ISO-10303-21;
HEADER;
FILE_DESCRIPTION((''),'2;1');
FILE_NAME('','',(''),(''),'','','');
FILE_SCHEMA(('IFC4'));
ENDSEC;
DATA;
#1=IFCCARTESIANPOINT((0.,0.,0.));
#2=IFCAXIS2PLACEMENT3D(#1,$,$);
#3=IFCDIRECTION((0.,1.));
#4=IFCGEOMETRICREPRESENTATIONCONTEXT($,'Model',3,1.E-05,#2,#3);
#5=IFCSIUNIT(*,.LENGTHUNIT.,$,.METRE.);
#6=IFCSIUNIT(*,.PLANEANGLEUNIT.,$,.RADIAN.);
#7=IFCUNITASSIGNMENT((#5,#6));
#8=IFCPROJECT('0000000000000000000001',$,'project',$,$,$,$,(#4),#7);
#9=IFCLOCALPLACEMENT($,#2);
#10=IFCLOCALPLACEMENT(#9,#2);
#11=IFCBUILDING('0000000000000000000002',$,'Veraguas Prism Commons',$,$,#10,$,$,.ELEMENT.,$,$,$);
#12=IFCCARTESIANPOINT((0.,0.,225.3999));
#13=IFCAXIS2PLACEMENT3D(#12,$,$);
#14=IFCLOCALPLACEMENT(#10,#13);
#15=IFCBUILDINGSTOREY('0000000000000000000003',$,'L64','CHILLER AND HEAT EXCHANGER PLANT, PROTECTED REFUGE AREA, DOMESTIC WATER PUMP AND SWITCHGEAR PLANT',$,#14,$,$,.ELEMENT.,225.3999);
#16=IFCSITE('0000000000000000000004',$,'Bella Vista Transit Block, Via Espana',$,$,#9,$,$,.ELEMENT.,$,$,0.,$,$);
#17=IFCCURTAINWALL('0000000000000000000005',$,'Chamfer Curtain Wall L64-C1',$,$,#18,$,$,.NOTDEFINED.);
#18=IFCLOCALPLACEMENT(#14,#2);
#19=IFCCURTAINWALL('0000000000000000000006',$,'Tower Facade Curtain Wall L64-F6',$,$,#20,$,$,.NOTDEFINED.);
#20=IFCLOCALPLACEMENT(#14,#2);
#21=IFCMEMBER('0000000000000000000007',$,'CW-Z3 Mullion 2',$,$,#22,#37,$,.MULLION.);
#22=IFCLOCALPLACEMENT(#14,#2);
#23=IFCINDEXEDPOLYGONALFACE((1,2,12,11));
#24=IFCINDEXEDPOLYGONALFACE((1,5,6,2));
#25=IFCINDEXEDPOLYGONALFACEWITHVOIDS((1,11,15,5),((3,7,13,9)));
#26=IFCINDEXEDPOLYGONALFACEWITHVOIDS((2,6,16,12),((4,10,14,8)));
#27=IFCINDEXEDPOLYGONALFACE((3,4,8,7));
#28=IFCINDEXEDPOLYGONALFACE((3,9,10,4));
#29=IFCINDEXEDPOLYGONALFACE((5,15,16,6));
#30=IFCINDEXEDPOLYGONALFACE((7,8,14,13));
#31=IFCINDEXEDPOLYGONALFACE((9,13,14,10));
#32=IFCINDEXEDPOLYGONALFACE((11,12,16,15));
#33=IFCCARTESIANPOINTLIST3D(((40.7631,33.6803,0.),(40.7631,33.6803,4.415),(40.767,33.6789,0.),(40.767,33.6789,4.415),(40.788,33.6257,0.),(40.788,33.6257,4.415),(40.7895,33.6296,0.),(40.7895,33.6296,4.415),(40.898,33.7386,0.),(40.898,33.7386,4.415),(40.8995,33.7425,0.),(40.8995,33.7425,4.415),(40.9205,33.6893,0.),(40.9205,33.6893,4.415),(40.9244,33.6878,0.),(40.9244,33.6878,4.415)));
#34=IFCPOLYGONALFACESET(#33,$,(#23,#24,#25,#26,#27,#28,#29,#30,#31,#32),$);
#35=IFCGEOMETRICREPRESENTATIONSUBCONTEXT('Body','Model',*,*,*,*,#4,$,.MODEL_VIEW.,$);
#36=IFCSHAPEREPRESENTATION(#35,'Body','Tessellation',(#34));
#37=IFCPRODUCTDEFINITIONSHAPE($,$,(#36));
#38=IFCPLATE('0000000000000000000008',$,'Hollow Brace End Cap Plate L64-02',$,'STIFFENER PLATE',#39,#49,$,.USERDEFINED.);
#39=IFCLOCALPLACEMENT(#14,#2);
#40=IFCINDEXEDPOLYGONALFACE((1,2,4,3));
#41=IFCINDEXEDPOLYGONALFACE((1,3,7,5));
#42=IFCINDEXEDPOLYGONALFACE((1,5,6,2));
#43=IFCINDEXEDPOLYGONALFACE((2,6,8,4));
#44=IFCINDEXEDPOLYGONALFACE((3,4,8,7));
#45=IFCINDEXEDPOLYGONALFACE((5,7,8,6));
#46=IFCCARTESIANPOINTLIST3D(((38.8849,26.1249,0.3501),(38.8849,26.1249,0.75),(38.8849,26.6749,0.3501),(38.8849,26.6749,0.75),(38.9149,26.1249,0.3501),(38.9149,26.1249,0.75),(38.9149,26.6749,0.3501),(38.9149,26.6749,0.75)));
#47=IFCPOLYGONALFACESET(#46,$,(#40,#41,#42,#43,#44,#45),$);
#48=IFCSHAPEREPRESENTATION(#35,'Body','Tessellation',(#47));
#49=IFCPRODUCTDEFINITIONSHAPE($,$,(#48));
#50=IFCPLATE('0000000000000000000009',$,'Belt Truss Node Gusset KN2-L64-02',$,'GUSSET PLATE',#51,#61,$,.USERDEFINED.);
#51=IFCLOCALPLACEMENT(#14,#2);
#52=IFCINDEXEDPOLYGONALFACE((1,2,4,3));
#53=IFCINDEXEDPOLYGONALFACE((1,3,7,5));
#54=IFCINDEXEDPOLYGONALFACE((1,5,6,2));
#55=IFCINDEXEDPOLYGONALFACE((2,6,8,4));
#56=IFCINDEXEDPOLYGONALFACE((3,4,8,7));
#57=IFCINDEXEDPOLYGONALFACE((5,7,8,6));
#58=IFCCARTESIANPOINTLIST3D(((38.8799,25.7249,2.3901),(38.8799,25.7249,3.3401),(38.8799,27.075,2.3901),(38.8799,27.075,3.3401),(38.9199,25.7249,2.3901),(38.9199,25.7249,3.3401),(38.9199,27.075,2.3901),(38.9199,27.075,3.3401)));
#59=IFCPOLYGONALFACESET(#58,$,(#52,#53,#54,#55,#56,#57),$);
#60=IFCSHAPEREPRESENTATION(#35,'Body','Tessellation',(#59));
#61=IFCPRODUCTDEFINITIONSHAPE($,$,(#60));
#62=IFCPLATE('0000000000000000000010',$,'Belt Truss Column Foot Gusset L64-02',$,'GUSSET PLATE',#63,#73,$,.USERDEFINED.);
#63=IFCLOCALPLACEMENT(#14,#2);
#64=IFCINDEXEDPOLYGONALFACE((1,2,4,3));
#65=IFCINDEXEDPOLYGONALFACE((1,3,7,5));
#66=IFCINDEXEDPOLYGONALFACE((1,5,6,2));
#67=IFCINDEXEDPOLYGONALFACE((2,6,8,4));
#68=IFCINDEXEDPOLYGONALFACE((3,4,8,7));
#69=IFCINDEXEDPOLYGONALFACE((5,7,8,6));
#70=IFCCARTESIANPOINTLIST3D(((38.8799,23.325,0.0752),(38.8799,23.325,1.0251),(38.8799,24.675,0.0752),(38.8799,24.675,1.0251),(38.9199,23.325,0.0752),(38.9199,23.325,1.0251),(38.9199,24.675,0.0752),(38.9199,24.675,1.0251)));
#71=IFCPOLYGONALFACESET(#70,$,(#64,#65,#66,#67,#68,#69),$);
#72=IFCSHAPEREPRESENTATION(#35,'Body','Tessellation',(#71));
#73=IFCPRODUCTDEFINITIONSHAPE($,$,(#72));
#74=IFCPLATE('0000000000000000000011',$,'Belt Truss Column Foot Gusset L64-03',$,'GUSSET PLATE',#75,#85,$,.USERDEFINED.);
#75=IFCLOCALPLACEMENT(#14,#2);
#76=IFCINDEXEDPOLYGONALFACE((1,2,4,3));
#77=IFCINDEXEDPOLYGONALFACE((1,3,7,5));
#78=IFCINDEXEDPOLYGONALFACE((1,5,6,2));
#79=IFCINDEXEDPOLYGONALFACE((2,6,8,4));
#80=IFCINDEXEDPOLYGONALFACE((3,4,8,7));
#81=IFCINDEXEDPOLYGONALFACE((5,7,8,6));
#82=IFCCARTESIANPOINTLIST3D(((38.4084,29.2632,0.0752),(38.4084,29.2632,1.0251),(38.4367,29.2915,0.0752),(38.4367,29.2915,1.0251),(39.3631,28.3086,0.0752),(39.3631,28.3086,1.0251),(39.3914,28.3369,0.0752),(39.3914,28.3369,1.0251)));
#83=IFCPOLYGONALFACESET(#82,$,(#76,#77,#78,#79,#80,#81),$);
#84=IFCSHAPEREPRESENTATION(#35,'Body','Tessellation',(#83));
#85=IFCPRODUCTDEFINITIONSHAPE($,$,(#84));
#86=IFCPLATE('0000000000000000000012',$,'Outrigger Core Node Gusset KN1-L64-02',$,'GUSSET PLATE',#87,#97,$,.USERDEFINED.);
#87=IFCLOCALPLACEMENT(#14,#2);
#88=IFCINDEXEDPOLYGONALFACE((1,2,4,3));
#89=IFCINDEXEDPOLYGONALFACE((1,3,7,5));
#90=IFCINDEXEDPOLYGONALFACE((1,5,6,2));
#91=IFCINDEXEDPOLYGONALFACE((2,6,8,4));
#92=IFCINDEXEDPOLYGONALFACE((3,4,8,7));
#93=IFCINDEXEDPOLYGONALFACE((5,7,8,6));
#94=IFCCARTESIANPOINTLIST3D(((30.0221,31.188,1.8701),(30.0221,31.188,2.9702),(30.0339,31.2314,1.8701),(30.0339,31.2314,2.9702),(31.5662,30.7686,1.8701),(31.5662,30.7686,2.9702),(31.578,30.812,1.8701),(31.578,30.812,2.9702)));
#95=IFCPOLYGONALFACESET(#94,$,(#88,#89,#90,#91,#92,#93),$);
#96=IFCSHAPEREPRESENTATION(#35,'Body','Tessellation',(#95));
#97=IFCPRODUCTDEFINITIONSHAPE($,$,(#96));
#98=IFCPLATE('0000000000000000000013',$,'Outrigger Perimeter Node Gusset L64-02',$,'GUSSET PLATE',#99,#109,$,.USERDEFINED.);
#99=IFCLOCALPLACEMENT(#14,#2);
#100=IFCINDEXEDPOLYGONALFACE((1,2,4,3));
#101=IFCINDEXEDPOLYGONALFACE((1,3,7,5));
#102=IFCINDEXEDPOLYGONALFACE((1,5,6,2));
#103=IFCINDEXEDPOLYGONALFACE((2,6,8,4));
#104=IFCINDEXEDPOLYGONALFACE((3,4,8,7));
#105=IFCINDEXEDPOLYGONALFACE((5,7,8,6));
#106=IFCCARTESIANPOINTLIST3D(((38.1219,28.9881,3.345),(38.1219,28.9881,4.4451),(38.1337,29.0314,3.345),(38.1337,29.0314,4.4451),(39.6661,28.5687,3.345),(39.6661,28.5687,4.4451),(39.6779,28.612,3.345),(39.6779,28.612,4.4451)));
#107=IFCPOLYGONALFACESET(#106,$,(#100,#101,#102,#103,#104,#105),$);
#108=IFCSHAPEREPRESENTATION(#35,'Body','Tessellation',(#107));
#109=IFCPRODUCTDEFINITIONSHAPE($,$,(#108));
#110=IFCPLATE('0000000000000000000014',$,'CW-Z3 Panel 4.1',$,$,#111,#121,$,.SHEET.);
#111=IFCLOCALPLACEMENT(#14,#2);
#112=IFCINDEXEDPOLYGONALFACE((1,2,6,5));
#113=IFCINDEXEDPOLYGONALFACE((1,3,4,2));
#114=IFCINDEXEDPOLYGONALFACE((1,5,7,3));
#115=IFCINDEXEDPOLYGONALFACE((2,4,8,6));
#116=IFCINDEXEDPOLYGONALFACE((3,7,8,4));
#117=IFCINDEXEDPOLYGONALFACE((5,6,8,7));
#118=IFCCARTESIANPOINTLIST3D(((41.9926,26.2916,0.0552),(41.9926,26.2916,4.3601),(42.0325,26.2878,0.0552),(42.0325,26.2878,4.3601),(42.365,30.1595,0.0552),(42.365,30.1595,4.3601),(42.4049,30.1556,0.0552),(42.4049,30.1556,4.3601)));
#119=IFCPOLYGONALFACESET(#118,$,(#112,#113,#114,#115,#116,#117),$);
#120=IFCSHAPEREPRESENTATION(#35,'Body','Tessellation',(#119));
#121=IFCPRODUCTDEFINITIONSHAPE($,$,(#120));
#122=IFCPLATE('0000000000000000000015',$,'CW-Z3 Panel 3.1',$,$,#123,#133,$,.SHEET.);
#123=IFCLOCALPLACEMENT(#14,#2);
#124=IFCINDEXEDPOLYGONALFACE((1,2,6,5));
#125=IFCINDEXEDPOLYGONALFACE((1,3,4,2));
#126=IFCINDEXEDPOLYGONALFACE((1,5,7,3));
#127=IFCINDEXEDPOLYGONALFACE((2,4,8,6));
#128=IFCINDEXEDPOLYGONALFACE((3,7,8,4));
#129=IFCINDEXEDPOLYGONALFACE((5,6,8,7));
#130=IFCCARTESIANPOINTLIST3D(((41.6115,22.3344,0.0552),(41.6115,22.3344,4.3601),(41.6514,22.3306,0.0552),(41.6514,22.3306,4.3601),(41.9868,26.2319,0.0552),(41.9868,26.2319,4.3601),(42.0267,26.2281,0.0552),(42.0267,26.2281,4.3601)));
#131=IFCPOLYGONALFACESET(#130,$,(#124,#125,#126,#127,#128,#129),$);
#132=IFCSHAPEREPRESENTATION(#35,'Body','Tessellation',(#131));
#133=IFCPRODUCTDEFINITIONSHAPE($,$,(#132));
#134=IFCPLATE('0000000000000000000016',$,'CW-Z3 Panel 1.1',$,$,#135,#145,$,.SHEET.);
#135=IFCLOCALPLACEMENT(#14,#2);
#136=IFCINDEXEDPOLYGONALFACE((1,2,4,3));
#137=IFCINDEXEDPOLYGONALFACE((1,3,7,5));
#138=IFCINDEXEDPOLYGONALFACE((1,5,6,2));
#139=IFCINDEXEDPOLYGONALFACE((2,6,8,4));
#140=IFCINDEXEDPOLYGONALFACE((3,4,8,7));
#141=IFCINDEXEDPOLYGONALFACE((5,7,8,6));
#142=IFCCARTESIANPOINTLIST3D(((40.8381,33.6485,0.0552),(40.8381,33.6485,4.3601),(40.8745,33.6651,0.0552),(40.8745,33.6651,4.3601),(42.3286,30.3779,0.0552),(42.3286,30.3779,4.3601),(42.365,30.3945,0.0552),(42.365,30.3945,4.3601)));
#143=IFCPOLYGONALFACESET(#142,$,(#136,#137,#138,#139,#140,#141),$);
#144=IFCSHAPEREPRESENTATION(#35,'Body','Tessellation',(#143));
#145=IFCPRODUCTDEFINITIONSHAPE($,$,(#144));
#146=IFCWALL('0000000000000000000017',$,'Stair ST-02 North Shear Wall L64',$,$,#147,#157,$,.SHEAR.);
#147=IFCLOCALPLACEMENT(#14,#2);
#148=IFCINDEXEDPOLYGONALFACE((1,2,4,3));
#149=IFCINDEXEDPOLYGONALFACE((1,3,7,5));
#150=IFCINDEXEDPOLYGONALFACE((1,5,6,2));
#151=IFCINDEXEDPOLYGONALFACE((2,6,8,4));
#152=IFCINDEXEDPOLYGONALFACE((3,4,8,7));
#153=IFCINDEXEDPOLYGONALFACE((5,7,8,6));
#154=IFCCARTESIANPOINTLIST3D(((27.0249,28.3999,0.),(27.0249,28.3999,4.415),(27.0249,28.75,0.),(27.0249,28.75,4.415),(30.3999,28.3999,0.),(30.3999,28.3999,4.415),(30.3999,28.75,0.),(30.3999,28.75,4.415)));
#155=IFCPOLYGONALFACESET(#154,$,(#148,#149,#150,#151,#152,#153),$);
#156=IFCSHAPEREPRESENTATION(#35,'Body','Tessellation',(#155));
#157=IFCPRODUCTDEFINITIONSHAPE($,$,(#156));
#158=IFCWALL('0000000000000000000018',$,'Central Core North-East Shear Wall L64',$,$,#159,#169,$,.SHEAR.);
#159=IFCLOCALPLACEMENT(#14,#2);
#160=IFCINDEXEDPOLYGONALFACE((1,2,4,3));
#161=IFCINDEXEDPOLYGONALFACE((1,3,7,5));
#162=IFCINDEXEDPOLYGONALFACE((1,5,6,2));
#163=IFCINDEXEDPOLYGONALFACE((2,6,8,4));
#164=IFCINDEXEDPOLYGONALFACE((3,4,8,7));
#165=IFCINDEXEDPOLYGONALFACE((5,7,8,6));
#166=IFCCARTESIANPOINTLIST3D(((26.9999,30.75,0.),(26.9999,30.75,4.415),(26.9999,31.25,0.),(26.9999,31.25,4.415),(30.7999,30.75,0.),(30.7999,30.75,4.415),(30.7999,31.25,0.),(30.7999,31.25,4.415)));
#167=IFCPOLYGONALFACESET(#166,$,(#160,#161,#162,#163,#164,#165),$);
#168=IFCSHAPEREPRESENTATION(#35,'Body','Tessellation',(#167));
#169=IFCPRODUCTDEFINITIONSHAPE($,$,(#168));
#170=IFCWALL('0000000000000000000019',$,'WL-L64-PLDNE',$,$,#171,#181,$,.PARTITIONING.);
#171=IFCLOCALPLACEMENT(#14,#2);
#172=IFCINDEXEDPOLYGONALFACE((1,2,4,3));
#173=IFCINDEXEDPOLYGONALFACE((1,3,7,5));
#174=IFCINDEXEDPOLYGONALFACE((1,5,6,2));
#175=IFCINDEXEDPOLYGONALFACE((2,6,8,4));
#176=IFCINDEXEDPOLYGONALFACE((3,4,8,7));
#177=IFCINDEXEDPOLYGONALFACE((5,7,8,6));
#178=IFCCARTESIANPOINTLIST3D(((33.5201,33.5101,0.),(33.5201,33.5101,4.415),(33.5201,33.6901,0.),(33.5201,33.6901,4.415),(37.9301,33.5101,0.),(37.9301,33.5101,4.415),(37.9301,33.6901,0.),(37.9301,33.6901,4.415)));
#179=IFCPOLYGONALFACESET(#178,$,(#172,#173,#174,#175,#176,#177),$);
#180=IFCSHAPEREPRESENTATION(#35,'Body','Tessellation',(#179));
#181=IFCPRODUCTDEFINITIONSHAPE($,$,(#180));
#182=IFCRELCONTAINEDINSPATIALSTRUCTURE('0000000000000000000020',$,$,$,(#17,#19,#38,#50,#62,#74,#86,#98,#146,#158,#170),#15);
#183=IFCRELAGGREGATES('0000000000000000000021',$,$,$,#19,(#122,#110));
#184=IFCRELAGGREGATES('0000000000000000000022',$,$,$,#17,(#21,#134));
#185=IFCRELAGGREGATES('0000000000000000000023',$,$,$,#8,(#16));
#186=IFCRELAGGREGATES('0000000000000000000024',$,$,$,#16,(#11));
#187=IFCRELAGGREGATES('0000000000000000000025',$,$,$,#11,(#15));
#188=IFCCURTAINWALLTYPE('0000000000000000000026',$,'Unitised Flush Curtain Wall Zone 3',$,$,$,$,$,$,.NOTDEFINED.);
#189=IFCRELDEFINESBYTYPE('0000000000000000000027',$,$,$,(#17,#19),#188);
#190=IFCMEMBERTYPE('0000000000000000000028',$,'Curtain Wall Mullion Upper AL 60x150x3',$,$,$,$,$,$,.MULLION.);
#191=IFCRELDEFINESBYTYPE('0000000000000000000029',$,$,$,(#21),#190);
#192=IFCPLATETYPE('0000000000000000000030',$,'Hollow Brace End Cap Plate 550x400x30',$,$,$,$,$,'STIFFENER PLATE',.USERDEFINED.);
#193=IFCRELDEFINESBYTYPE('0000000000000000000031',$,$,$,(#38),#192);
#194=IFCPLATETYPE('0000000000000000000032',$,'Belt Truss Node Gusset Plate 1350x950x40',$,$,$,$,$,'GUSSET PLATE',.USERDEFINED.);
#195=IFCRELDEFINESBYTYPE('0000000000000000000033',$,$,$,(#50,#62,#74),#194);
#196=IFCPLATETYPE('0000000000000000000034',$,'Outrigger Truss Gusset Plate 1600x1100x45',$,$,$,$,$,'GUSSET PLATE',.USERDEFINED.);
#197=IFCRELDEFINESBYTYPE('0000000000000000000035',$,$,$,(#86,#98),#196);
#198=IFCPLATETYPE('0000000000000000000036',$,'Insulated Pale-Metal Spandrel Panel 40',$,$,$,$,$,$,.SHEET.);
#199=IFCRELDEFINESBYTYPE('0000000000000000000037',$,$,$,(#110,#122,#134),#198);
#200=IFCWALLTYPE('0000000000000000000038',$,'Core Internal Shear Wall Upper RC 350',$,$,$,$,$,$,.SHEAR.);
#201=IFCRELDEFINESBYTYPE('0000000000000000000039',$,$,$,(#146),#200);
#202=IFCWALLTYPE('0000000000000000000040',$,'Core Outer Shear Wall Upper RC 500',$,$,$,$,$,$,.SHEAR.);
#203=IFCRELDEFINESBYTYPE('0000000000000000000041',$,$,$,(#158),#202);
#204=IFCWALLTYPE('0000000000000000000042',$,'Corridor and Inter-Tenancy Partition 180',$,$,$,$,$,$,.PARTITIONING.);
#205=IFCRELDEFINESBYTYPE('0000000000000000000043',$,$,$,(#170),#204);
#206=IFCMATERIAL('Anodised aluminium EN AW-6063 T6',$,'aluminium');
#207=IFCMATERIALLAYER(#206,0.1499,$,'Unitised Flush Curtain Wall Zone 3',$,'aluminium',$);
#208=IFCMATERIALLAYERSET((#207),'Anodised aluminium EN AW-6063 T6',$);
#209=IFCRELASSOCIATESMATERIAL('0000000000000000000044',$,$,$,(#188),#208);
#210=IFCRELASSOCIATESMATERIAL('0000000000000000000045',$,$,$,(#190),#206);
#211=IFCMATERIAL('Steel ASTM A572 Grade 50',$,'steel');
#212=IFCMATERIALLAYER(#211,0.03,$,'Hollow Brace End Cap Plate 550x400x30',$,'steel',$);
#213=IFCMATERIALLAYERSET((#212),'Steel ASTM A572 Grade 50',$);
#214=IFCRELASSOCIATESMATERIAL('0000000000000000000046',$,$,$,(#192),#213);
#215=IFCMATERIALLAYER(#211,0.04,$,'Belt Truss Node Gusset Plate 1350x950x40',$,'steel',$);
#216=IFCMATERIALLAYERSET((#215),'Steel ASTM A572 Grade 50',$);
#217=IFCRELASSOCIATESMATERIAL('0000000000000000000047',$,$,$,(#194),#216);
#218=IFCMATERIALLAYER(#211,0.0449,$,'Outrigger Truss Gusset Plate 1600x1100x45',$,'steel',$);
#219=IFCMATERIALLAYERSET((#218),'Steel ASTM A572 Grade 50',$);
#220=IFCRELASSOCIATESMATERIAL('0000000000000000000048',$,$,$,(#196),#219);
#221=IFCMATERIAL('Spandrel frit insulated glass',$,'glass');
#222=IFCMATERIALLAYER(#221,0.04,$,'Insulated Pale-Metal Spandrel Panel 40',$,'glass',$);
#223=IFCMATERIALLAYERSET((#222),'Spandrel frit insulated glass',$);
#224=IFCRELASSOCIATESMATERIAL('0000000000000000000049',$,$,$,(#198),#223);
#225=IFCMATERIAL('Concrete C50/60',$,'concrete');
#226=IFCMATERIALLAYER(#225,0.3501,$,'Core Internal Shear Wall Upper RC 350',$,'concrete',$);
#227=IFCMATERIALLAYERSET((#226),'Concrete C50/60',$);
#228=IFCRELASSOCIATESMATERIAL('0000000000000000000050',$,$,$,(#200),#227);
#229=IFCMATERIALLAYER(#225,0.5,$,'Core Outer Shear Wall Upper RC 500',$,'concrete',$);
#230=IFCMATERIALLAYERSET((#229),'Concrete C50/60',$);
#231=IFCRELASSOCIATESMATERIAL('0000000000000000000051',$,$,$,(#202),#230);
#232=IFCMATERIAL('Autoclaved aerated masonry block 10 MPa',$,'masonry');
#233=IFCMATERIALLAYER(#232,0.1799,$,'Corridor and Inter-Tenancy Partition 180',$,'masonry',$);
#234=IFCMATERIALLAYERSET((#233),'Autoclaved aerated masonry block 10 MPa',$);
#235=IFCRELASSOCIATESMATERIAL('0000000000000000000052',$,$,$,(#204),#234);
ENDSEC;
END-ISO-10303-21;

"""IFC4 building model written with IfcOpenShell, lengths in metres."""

from ifc_helpers import new_model, si_unit, direction, frame, frame_2d, origin, origin_2d, place, context, subcontext, project, spatial, rectangle, hollow_rectangle, extrude, source, transform, mapped, material, layer, layer_set, material_profile, profile_set, type_object, element, aggregate, save


model = new_model("IFC4")

# Units and contexts
model_context = context("Model", 3, precision=1e-05, world=origin(), true_north=direction((0.0, 1.0)))
body_context = subcontext(model_context, "Body", "Model", "MODEL_VIEW")
ifc_project = project(units=[si_unit("LENGTHUNIT", "METRE"), si_unit("PLANEANGLEUNIT", "RADIAN")], contexts=[model_context])

# Site, building, storey
site_placement = place(None, origin())
site = spatial("IfcSite", under=ifc_project, at=site_placement, Name="Bella Vista Transit Block, Via Espana", CompositionType="ELEMENT", RefElevation=0.0)
building_placement = place(site_placement, origin())
building = spatial("IfcBuilding", under=site, at=building_placement, Name="Veraguas Prism Commons", CompositionType="ELEMENT")
storey_placement = place(building_placement, frame((0.0, 0.0, 225.3999)))
storey = spatial("IfcBuildingStorey", under=building, at=storey_placement, Name="L64", Description="CHILLER AND HEAT EXCHANGER PLANT, PROTECTED REFUGE AREA, DOMESTIC WATER PUMP AND SWITCHGEAR PLANT", CompositionType="ELEMENT", Elevation=225.3999)

# Shared definitions
ifc_material_1 = material(Name="Concrete C50/60", Category="concrete")

# Curtain walls
ifc_material_2 = material(Name="Anodised aluminium EN AW-6063 T6", Category="aluminium")
ifc_layer_1 = layer(ifc_material_2, 0.1499, Name="Unitised Flush Curtain Wall Zone 3", Category="aluminium")
ifc_layer_set_1 = layer_set([ifc_layer_1], Name="Anodised aluminium EN AW-6063 T6")
curtain_wall_type = type_object("IfcCurtainWallType", Name="Unitised Flush Curtain Wall Zone 3", PredefinedType="NOTDEFINED", material=ifc_layer_set_1)
curtain_wall_1_placement = place(storey_placement, origin())
curtain_wall_1 = element("IfcCurtainWall", 1, at=curtain_wall_1_placement, inside=storey, type_object=curtain_wall_type, Name="Chamfer Curtain Wall L64-C1", PredefinedType="NOTDEFINED")
curtain_wall_2_placement = place(storey_placement, origin())
curtain_wall_2 = element("IfcCurtainWall", 2, at=curtain_wall_2_placement, inside=storey, type_object=curtain_wall_type, Name="Tower Facade Curtain Wall L64-F6", PredefinedType="NOTDEFINED")
ifc_material_profile_1 = material_profile(ifc_material_2, hollow_rectangle(XDim=0.0601, YDim=0.1499, WallThickness=0.0029, at=origin_2d()), Name="AL60X150X3")
ifc_profile_set_1 = profile_set([ifc_material_profile_1], Name="Anodised aluminium EN AW-6063 T6")
member_type_1 = type_object("IfcMemberType", Name="Curtain Wall Mullion Upper AL 60x150x3", PredefinedType="MULLION", material=ifc_profile_set_1)
shared_shape_1 = source(origin(), body_context, "Body", "SweptSolid", [
    extrude(hollow_rectangle(XDim=0.0601, YDim=0.1499, WallThickness=0.0029, at=origin_2d()), origin(), (0.0, 0.0, 1.0), 4.415),
])

# Member
member_1_placement = place(storey_placement, frame((40.8438, 33.6841, 0.0), z_axis=(0.0, 0.0, 1.0), x_axis=(-0.414692, 0.909962, 0.0)))
member_1 = element("IfcMember", 3, at=member_1_placement, type_object=member_type_1, Name="CW-Z3 Mullion 2", PredefinedType="MULLION", context=body_context, shape_type="MappedRepresentation", body=[
    mapped(shared_shape_1, transform((0.0, 0.0, 0.0), scale=1.0)),
])

# Plates
ifc_material_3 = material(Name="Steel ASTM A572 Grade 50", Category="steel")
ifc_layer_2 = layer(ifc_material_3, 0.03, Name="Hollow Brace End Cap Plate 550x400x30", Category="steel")
ifc_layer_set_2 = layer_set([ifc_layer_2], Name="Steel ASTM A572 Grade 50")
plate_type_1 = type_object("IfcPlateType", Name="Hollow Brace End Cap Plate 550x400x30", ElementType="STIFFENER PLATE", PredefinedType="USERDEFINED", material=ifc_layer_set_2)
shared_shape_2 = source(origin(), body_context, "Body", "SweptSolid", [
    extrude(rectangle(XDim=0.55, YDim=0.03, at=origin_2d()), origin(), (0.0, 0.0, 1.0), 0.3999),
])
plate_1_placement = place(storey_placement, frame((38.8999, 26.3999, 0.3501), z_axis=(0.0, 0.0, 1.0), x_axis=(0.0, 1.0, 0.0)))
element("IfcPlate", 4, at=plate_1_placement, inside=storey, type_object=plate_type_1, Name="Hollow Brace End Cap Plate L64-02", ObjectType="STIFFENER PLATE", PredefinedType="USERDEFINED", context=body_context, shape_type="MappedRepresentation", body=[
    mapped(shared_shape_2, transform((0.0, 0.0, 0.0), scale=1.0)),
])
ifc_layer_3 = layer(ifc_material_3, 0.04, Name="Belt Truss Node Gusset Plate 1350x950x40", Category="steel")
ifc_layer_set_3 = layer_set([ifc_layer_3], Name="Steel ASTM A572 Grade 50")
plate_type_2 = type_object("IfcPlateType", Name="Belt Truss Node Gusset Plate 1350x950x40", ElementType="GUSSET PLATE", PredefinedType="USERDEFINED", material=ifc_layer_set_3)
shared_shape_3 = source(origin(), body_context, "Body", "SweptSolid", [
    extrude(rectangle(XDim=1.3501, YDim=0.04, at=origin_2d()), origin(), (0.0, 0.0, 1.0), 0.95),
])
for number, where, z_axis, x_axis, name in (
    (5, (38.8999, 26.3999, 2.3901), (0.0, 0.0, 1.0), (0.0, 1.0, 0.0), "Belt Truss Node Gusset KN2-L64-02"),
    (6, (38.8999, 24.0, 0.0752), (0.0, 0.0, 1.0), (0.0, 1.0, 0.0), "Belt Truss Column Foot Gusset L64-02"),
    (7, (38.8999, 28.8, 0.0752), (0.0, 0.0, 1.0), (-0.707107, 0.707107, 0.0), "Belt Truss Column Foot Gusset L64-03"),
):
    element("IfcPlate", number, at=place(storey_placement, frame(where, z_axis=z_axis, x_axis=x_axis)), inside=storey, type_object=plate_type_2, Name=name, ObjectType="GUSSET PLATE", PredefinedType="USERDEFINED", context=body_context, shape_type="MappedRepresentation", body=[
        mapped(shared_shape_3, transform((0.0, 0.0, 0.0), scale=1.0)),
    ])
ifc_layer_4 = layer(ifc_material_3, 0.0449, Name="Outrigger Truss Gusset Plate 1600x1100x45", Category="steel")
ifc_layer_set_4 = layer_set([ifc_layer_4], Name="Steel ASTM A572 Grade 50")
plate_type_3 = type_object("IfcPlateType", Name="Outrigger Truss Gusset Plate 1600x1100x45", ElementType="GUSSET PLATE", PredefinedType="USERDEFINED", material=ifc_layer_set_4)
shared_shape_4 = source(origin(), body_context, "Body", "SweptSolid", [
    extrude(rectangle(XDim=1.6001, YDim=0.0449, at=origin_2d()), origin(), (0.0, 0.0, 1.0), 1.1001),
])
for number, where, z_axis, x_axis, name in (
    (8, (30.8, 31.0, 1.8701), (0.0, 0.0, 1.0), (0.965038, -0.262108, 0.0), "Outrigger Core Node Gusset KN1-L64-02"),
    (9, (38.8999, 28.8, 3.345), (0.0, 0.0, 1.0), (0.965038, -0.262108, 0.0), "Outrigger Perimeter Node Gusset L64-02"),
):
    element("IfcPlate", number, at=place(storey_placement, frame(where, z_axis=z_axis, x_axis=x_axis)), inside=storey, type_object=plate_type_3, Name=name, ObjectType="GUSSET PLATE", PredefinedType="USERDEFINED", context=body_context, shape_type="MappedRepresentation", body=[
        mapped(shared_shape_4, transform((0.0, 0.0, 0.0), scale=1.0)),
    ])

# Plates
ifc_material_4 = material(Name="Spandrel frit insulated glass", Category="glass")
ifc_layer_5 = layer(ifc_material_4, 0.04, Name="Insulated Pale-Metal Spandrel Panel 40", Category="glass")
ifc_layer_set_5 = layer_set([ifc_layer_5], Name="Spandrel frit insulated glass")
plate_type_4 = type_object("IfcPlateType", Name="Insulated Pale-Metal Spandrel Panel 40", PredefinedType="SHEET", material=ifc_layer_set_5)
shared_shape_5 = source(origin(), body_context, "Body", "SweptSolid", [
    extrude(rectangle(XDim=3.8857, YDim=0.04, at=origin_2d()), origin(), (0.0, 0.0, 1.0), 4.3049),
])
plate_2_placement = place(storey_placement, frame((42.1987, 28.2236, 0.0552), z_axis=(0.0, 0.0, 1.0), x_axis=(0.095841, 0.995397, 0.0)))
plate_2 = element("IfcPlate", 10, at=plate_2_placement, type_object=plate_type_4, Name="CW-Z3 Panel 4.1", PredefinedType="SHEET", context=body_context, shape_type="MappedRepresentation", body=[
    mapped(shared_shape_5, transform((0.0, 0.0, 0.0), scale=1.0)),
])
shared_shape_6 = source(origin(), body_context, "Body", "SweptSolid", [
    extrude(rectangle(XDim=3.9155, YDim=0.04, at=origin_2d()), origin(), (0.0, 0.0, 1.0), 4.3049),
])
plate_3_placement = place(storey_placement, frame((41.8191, 24.2812, 0.0552), z_axis=(0.0, 0.0, 1.0), x_axis=(0.095841, 0.995397, 0.0)))
plate_3 = element("IfcPlate", 11, at=plate_3_placement, type_object=plate_type_4, Name="CW-Z3 Panel 3.1", PredefinedType="SHEET", context=body_context, shape_type="MappedRepresentation", body=[
    mapped(shared_shape_6, transform((0.0, 0.0, 0.0), scale=1.0)),
])
aggregate(curtain_wall_2, [plate_3, plate_2])
shared_shape_7 = source(origin(), body_context, "Body", "SweptSolid", [
    extrude(rectangle(XDim=3.5942, YDim=0.04, at=origin_2d()), origin(), (0.0, 0.0, 1.0), 4.3049),
])
plate_4_placement = place(storey_placement, frame((41.6016, 32.0215, 0.0552), z_axis=(0.0, 0.0, 1.0), x_axis=(-0.414692, 0.909962, 0.0)))
plate_4 = element("IfcPlate", 12, at=plate_4_placement, type_object=plate_type_4, Name="CW-Z3 Panel 1.1", PredefinedType="SHEET", context=body_context, shape_type="MappedRepresentation", body=[
    mapped(shared_shape_7, transform((0.0, 0.0, 0.0), scale=1.0)),
])
aggregate(curtain_wall_1, [member_1, plate_4])

# Walls
ifc_layer_6 = layer(ifc_material_1, 0.3501, Name="Core Internal Shear Wall Upper RC 350", Category="concrete")
ifc_layer_set_6 = layer_set([ifc_layer_6], Name="Concrete C50/60")
wall_type_1 = type_object("IfcWallType", Name="Core Internal Shear Wall Upper RC 350", PredefinedType="SHEAR", material=ifc_layer_set_6)
wall_1_placement = place(storey_placement, frame((27.0249, 28.575, 0.0), z_axis=(0.0, 0.0, 1.0), x_axis=(1.0, 0.0, 0.0)))
element("IfcWall", 13, at=wall_1_placement, inside=storey, type_object=wall_type_1, Name="Stair ST-02 North Shear Wall L64", PredefinedType="SHEAR", context=body_context, shape_type="SweptSolid", body=[
    extrude(rectangle(XDim=3.375, YDim=0.3501, at=frame_2d((1.6875, 0.0))), origin(), (0.0, 0.0, 1.0), 4.415),
])
ifc_layer_7 = layer(ifc_material_1, 0.5, Name="Core Outer Shear Wall Upper RC 500", Category="concrete")
ifc_layer_set_7 = layer_set([ifc_layer_7], Name="Concrete C50/60")
wall_type_2 = type_object("IfcWallType", Name="Core Outer Shear Wall Upper RC 500", PredefinedType="SHEAR", material=ifc_layer_set_7)
wall_2_placement = place(storey_placement, frame((27.0, 31.0, 0.0), z_axis=(0.0, 0.0, 1.0), x_axis=(1.0, 0.0, 0.0)))
element("IfcWall", 14, at=wall_2_placement, inside=storey, type_object=wall_type_2, Name="Central Core North-East Shear Wall L64", PredefinedType="SHEAR", context=body_context, shape_type="SweptSolid", body=[
    extrude(rectangle(XDim=3.8, YDim=0.5, at=frame_2d((1.8999, 0.0))), origin(), (0.0, 0.0, 1.0), 4.415),
])
ifc_material_5 = material(Name="Autoclaved aerated masonry block 10 MPa", Category="masonry")
ifc_layer_8 = layer(ifc_material_5, 0.1799, Name="Corridor and Inter-Tenancy Partition 180", Category="masonry")
ifc_layer_set_8 = layer_set([ifc_layer_8], Name="Autoclaved aerated masonry block 10 MPa")
wall_type_3 = type_object("IfcWallType", Name="Corridor and Inter-Tenancy Partition 180", PredefinedType="PARTITIONING", material=ifc_layer_set_8)
wall_3_placement = place(storey_placement, frame((33.52, 33.6001, 0.0), z_axis=(0.0, 0.0, 1.0), x_axis=(1.0, 0.0, 0.0)))
element("IfcWall", 15, at=wall_3_placement, inside=storey, type_object=wall_type_3, Name="WL-L64-PLDNE", PredefinedType="PARTITIONING", context=body_context, shape_type="SweptSolid", body=[
    extrude(rectangle(XDim=4.4099, YDim=0.1799, at=frame_2d((2.2051, 0.0))), origin(), (0.0, 0.0, 1.0), 4.415),
])

save(model, "model.ifc")
